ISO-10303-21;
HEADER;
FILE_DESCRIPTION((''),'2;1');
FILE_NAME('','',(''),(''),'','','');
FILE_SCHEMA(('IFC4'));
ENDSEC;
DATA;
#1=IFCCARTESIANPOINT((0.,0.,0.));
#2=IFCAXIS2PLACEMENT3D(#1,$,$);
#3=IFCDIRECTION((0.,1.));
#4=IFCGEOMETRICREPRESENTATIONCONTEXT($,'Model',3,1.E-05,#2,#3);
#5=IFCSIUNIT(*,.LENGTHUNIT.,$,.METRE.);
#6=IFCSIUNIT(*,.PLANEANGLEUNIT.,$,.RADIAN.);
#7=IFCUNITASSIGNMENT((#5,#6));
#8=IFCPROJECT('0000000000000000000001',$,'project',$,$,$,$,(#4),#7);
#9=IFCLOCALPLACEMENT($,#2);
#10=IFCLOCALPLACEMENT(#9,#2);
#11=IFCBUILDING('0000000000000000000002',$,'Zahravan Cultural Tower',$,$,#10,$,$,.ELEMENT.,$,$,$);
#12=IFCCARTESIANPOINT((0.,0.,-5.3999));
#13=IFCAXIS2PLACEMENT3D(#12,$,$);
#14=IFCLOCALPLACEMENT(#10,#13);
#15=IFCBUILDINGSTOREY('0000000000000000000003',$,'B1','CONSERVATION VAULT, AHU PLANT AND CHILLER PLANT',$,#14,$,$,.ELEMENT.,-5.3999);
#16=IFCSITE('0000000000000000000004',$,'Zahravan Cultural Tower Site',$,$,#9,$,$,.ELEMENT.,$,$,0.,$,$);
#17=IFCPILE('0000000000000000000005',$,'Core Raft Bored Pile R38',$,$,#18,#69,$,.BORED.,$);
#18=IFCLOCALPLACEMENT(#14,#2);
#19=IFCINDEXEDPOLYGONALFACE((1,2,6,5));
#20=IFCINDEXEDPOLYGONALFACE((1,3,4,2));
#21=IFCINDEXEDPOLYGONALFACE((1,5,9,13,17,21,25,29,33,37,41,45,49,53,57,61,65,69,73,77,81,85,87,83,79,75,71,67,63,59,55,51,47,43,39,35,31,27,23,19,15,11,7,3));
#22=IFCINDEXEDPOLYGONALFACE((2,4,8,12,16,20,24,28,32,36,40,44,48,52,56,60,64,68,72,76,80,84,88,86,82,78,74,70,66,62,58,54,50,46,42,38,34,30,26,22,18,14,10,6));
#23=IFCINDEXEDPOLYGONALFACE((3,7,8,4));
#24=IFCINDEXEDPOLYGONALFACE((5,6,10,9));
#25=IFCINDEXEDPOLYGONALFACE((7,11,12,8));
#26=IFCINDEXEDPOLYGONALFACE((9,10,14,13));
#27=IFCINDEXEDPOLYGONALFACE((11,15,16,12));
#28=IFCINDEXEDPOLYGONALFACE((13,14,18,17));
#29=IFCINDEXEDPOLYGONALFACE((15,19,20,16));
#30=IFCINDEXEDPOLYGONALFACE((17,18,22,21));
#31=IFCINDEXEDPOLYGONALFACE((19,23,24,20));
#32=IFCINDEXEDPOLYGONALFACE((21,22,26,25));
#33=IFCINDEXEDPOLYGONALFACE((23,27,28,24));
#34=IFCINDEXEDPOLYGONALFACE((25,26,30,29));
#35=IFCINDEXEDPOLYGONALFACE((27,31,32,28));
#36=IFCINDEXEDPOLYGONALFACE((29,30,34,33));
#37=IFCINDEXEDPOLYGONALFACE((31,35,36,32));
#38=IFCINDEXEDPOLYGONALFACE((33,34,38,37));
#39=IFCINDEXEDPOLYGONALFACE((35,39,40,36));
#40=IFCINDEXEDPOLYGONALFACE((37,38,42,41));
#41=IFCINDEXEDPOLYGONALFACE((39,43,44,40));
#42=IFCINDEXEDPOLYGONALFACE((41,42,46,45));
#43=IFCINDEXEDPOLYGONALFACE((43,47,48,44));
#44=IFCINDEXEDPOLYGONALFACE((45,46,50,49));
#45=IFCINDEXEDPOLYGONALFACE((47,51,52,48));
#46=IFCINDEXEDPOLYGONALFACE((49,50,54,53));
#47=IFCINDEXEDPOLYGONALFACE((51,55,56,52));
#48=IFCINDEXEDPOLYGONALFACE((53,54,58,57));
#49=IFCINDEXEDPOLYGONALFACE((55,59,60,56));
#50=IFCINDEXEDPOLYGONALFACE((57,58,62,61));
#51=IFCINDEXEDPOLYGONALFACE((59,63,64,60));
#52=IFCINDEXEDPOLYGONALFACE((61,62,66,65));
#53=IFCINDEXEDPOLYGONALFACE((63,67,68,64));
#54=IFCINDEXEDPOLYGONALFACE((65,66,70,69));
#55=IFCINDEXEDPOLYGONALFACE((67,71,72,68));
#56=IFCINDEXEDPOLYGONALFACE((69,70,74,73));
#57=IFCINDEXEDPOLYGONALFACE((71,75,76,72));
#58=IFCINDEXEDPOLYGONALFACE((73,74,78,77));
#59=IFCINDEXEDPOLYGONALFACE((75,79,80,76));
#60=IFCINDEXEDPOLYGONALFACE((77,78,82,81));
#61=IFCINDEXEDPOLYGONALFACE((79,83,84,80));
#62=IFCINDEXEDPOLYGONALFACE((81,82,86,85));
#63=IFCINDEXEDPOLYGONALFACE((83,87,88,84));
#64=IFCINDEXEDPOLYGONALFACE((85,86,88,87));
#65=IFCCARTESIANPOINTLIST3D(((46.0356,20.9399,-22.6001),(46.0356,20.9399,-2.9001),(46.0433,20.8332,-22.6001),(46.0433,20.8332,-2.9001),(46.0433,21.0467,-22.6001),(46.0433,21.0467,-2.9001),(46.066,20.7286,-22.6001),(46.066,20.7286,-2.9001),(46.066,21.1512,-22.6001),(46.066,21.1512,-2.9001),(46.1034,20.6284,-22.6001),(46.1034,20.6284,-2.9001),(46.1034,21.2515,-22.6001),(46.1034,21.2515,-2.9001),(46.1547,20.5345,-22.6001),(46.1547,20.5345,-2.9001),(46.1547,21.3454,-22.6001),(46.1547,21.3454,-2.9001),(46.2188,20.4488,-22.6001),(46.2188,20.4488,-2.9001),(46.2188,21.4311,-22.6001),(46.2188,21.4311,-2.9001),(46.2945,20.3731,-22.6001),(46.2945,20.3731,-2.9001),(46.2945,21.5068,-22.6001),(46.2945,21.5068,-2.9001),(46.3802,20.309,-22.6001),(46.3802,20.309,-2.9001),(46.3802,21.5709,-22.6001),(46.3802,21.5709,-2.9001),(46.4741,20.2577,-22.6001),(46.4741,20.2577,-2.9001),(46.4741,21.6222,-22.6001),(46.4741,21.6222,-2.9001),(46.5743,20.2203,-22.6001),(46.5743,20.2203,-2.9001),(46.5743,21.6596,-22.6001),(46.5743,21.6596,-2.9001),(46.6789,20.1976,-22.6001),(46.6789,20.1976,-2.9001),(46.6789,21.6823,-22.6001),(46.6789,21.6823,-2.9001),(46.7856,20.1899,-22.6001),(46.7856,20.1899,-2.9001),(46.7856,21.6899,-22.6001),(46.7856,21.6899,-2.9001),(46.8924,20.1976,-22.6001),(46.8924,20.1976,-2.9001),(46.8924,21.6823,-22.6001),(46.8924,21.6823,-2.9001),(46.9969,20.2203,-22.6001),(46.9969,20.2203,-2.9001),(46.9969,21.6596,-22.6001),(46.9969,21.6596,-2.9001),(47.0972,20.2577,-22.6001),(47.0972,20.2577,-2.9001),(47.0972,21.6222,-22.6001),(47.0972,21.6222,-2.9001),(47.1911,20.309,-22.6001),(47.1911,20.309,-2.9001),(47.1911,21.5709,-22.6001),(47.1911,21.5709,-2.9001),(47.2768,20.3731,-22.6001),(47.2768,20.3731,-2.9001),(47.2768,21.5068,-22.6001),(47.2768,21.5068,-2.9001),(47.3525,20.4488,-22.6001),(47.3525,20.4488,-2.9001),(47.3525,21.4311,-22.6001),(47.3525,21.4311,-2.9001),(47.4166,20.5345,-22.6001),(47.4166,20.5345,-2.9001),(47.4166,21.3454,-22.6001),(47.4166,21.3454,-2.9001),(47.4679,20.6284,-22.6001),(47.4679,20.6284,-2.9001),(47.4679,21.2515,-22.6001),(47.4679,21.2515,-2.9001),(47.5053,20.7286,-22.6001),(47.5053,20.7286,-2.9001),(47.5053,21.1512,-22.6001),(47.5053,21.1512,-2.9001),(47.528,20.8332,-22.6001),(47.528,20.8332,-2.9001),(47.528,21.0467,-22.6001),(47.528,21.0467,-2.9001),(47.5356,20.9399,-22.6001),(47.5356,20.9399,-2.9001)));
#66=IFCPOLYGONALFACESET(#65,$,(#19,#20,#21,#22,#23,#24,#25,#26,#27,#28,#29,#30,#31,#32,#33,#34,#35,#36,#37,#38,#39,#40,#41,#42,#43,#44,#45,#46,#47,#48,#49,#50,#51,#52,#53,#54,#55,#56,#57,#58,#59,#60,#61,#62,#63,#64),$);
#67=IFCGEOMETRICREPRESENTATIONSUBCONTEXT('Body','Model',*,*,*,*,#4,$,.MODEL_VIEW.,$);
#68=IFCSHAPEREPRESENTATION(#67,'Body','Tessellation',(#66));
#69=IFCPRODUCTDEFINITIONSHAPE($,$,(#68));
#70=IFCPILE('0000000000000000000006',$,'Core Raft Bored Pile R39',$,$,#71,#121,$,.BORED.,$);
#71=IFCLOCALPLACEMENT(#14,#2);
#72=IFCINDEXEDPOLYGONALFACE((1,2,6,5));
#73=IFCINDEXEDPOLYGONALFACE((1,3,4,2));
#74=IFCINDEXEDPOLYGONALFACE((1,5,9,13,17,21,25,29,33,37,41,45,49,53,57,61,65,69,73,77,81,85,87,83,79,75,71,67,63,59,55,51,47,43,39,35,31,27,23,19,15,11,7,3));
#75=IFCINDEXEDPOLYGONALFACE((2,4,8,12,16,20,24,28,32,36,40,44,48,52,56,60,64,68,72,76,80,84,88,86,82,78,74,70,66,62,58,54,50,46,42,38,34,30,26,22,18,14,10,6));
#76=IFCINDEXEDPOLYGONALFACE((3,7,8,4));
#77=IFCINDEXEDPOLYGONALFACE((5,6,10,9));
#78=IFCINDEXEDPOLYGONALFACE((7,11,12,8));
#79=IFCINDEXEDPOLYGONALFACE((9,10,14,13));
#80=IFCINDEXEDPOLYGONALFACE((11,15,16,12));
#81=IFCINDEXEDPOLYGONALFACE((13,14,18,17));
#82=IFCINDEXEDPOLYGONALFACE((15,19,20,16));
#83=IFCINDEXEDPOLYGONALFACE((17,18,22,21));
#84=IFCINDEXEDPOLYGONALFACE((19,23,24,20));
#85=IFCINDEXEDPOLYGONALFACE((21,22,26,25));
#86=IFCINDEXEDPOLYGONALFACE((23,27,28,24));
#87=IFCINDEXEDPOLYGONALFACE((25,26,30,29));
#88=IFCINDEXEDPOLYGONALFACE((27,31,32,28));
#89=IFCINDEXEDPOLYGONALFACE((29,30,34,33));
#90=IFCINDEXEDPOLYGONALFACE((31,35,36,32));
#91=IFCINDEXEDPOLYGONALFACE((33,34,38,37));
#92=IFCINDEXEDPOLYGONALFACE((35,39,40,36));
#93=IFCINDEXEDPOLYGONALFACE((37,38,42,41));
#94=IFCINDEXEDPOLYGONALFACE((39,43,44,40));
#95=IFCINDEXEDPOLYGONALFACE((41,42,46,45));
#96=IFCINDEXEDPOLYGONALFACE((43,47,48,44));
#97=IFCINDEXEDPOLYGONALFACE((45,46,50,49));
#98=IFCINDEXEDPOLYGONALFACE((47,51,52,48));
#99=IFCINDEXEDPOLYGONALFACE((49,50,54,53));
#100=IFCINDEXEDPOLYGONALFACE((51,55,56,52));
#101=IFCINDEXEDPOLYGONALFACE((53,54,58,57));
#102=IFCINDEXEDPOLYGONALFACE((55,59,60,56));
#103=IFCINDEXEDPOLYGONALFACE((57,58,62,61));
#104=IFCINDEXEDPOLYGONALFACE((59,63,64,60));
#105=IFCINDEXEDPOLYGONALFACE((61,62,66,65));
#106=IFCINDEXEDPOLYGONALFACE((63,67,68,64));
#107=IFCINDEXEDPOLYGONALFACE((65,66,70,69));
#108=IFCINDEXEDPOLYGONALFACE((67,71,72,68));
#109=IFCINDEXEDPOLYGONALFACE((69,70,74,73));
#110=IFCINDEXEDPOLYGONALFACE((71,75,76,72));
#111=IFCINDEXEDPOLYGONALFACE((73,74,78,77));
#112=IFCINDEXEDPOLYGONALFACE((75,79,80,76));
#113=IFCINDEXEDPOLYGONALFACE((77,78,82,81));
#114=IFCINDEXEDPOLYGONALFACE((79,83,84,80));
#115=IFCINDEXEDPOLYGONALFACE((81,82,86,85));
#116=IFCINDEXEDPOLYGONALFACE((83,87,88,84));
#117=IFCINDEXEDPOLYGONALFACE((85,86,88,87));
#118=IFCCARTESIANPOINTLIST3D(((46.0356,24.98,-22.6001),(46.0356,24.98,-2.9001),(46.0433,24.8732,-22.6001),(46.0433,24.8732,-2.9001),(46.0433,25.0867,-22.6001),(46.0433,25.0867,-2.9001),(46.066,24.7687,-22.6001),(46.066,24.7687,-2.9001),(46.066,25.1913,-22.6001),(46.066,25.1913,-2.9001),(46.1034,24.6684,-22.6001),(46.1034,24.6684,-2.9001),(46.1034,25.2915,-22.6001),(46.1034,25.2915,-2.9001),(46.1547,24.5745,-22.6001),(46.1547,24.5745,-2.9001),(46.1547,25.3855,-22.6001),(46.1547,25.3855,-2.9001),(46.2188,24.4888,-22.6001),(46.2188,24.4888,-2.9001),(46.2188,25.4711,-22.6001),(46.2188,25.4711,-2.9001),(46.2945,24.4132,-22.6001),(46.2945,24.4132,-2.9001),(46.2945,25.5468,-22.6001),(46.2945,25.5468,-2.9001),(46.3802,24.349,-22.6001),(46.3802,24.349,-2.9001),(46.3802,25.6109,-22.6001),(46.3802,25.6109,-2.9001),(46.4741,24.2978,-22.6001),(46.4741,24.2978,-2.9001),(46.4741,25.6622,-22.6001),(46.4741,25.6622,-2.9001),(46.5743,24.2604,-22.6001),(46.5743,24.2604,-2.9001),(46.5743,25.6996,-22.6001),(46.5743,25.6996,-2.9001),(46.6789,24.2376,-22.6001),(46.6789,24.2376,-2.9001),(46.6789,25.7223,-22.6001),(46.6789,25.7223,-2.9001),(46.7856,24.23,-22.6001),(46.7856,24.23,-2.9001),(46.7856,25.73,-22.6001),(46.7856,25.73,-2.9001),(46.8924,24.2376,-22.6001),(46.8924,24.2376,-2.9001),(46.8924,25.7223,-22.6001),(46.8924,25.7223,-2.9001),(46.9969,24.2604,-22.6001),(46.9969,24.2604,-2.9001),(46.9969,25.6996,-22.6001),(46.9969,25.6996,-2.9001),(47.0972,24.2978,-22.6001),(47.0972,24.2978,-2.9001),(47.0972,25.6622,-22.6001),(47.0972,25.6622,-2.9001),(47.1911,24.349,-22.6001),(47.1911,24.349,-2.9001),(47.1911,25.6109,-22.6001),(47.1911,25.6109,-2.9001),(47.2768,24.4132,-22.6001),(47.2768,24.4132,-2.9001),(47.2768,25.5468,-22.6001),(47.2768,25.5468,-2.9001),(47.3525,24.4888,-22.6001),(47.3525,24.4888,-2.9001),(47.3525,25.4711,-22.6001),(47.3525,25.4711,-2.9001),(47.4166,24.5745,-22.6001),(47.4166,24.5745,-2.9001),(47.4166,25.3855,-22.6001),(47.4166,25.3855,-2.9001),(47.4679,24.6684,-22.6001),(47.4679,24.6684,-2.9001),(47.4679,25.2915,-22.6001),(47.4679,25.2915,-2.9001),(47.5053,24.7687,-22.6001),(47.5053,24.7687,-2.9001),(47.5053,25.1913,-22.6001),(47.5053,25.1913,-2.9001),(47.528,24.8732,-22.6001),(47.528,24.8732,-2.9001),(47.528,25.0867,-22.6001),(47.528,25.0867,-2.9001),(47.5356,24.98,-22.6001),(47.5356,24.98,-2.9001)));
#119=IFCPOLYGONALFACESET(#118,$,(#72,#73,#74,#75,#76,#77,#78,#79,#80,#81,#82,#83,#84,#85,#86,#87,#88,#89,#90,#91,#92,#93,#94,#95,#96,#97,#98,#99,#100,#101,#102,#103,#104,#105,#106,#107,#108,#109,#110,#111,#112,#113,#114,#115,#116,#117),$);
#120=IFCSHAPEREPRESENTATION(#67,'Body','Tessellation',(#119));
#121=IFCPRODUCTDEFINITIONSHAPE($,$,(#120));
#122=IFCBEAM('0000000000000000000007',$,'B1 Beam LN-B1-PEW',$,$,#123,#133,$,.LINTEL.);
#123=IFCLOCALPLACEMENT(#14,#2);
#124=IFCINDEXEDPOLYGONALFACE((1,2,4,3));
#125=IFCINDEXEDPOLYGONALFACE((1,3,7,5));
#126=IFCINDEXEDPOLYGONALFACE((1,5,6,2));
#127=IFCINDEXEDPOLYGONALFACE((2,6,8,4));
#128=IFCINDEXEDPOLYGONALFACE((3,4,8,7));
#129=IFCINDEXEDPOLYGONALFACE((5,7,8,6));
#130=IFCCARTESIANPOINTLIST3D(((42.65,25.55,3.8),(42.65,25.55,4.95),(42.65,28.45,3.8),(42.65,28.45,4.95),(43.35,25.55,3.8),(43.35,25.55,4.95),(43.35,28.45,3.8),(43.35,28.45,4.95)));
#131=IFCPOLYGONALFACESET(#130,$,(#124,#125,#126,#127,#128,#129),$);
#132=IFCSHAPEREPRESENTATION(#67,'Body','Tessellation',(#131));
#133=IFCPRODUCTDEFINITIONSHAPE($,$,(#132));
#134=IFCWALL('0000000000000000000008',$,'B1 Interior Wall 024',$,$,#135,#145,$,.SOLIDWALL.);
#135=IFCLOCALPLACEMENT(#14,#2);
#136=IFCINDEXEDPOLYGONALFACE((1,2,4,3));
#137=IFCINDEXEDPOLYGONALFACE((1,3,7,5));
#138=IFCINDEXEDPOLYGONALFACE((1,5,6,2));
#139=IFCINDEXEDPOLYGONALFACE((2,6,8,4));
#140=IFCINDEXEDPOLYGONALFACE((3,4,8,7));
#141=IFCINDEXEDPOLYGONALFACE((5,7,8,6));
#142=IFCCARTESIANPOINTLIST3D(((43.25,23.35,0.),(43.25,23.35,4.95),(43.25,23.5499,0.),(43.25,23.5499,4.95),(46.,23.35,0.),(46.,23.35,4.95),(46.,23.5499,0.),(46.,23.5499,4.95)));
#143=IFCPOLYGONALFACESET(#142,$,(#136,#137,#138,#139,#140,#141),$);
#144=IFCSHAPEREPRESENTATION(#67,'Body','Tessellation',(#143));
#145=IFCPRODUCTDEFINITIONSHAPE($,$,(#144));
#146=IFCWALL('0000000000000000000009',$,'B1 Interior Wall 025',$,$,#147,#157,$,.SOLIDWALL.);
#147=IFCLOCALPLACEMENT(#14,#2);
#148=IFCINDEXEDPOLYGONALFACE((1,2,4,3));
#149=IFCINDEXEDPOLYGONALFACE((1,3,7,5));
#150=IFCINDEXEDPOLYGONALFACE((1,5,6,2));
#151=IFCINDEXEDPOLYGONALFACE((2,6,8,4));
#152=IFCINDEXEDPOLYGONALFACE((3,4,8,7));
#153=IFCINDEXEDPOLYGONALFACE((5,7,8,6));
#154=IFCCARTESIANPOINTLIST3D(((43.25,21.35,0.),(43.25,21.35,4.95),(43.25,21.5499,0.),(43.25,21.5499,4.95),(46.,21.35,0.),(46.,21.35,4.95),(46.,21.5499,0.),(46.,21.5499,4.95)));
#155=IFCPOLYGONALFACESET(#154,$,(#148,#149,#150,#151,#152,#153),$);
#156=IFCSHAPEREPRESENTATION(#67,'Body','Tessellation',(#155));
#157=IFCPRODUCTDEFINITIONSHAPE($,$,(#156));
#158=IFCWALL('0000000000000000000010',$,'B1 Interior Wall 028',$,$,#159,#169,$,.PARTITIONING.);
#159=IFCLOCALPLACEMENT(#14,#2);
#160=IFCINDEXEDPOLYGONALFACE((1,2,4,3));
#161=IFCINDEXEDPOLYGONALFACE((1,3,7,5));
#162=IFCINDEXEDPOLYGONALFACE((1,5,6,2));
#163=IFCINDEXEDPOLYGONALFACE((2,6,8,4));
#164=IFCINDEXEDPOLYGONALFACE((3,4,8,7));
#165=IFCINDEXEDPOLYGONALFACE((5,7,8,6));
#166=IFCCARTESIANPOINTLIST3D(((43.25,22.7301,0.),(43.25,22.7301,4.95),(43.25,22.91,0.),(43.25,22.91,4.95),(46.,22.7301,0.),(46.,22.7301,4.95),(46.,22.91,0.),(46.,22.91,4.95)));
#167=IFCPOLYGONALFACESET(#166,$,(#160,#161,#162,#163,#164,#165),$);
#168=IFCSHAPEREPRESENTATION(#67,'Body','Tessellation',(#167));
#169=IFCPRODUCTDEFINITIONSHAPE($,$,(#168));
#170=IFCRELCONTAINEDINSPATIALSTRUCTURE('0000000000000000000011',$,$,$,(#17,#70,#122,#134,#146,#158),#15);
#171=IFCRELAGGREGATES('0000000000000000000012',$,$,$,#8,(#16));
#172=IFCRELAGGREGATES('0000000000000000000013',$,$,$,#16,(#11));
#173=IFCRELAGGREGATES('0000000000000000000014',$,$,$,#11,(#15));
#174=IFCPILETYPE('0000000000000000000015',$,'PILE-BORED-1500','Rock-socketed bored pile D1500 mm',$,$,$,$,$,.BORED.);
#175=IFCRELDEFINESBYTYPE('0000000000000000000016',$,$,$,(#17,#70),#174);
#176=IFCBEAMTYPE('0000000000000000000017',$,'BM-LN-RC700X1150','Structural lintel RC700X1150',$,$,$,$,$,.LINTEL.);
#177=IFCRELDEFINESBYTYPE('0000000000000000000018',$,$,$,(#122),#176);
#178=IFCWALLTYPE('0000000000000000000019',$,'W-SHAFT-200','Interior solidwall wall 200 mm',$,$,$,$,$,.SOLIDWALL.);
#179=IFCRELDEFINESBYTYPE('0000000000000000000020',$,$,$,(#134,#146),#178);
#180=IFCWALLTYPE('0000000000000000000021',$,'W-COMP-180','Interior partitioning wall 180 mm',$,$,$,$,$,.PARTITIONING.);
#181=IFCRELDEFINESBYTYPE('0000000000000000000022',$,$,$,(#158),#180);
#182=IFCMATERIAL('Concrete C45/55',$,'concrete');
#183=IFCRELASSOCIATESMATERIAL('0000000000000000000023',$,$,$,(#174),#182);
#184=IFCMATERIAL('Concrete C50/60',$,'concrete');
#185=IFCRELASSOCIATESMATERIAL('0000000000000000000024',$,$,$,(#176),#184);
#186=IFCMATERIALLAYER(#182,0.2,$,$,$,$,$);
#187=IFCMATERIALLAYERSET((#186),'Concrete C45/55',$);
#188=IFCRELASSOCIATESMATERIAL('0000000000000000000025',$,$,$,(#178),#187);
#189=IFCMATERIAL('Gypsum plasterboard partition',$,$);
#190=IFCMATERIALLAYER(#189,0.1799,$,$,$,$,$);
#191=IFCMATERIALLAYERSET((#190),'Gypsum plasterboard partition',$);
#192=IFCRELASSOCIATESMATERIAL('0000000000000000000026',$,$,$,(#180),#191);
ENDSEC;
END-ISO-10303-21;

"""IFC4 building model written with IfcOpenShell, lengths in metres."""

from ifc_helpers import new_model, si_unit, direction, frame, frame_2d, origin, origin_2d, place, context, subcontext, project, spatial, rectangle, circle, extrude, source, transform, mapped, material, layer, layer_set, material_profile, profile_set, type_object, element, save


model = new_model("IFC4")

# Units and contexts
model_context = context("Model", 3, precision=1e-05, world=origin(), true_north=direction((0.0, 1.0)))
body_context = subcontext(model_context, "Body", "Model", "MODEL_VIEW")
ifc_project = project(units=[si_unit("LENGTHUNIT", "METRE"), si_unit("PLANEANGLEUNIT", "RADIAN")], contexts=[model_context])

# Site, building, storey
site_placement = place(None, origin())
site = spatial("IfcSite", under=ifc_project, at=site_placement, Name="Zahravan Cultural Tower Site", CompositionType="ELEMENT", RefElevation=0.0)
building_placement = place(site_placement, origin())
building = spatial("IfcBuilding", under=site, at=building_placement, Name="Zahravan Cultural Tower", CompositionType="ELEMENT")
storey_placement = place(building_placement, frame((0.0, 0.0, -5.3999)))
storey = spatial("IfcBuildingStorey", under=building, at=storey_placement, Name="B1", Description="CONSERVATION VAULT, AHU PLANT AND CHILLER PLANT", CompositionType="ELEMENT", Elevation=-5.3999)

# Piles
ifc_material_1 = material(Name="Concrete C45/55", Category="concrete")
ifc_material_profile_1 = material_profile(ifc_material_1, circle(Radius=0.75, at=origin_2d()), Name="PILE-D1500")
ifc_profile_set_1 = profile_set([ifc_material_profile_1], Name="Concrete C45/55")
pile_type = type_object("IfcPileType", Name="PILE-BORED-1500", Description="Rock-socketed bored pile D1500 mm", PredefinedType="BORED", material=ifc_profile_set_1)
for number, where, z_axis, x_axis, name in (
    (1, (46.7856, 20.9399, -2.9001), (0.0, 0.0, -1.0), (1.0, 0.0, 0.0), "Core Raft Bored Pile R38"),
    (2, (46.7856, 24.98, -2.9001), (0.0, 0.0, -1.0), (1.0, 0.0, 0.0), "Core Raft Bored Pile R39"),
):
    element("IfcPile", number, at=place(storey_placement, frame(where, z_axis=z_axis, x_axis=x_axis)), inside=storey, type_object=pile_type, Name=name, PredefinedType="BORED", context=body_context, shape_type="SweptSolid", body=[
        extrude(circle(Radius=0.75, at=origin_2d()), origin(), (0.0, 0.0, 1.0), 19.7),
    ])

# Beam
ifc_material_2 = material(Name="Concrete C50/60", Category="concrete")
ifc_material_profile_2 = material_profile(ifc_material_2, rectangle(XDim=0.7, YDim=1.1499, at=origin_2d()), Name="RC700X1150")
ifc_profile_set_2 = profile_set([ifc_material_profile_2], Name="Concrete C50/60")
beam_type = type_object("IfcBeamType", Name="BM-LN-RC700X1150", Description="Structural lintel RC700X1150", PredefinedType="LINTEL", material=ifc_profile_set_2)
shared_shape_1 = source(origin(), body_context, "Body", "SweptSolid", [
    extrude(rectangle(XDim=0.7, YDim=1.1499, at=origin_2d()), origin(), (0.0, 0.0, 1.0), 2.8999),
])
beam_placement = place(storey_placement, frame((43.0, 25.55, 4.375), z_axis=(0.0, 1.0, 0.0), x_axis=(-1.0, 0.0, 0.0)))
element("IfcBeam", 3, at=beam_placement, inside=storey, type_object=beam_type, Name="B1 Beam LN-B1-PEW", PredefinedType="LINTEL", context=body_context, shape_type="MappedRepresentation", body=[
    mapped(shared_shape_1, transform((0.0, 0.0, 0.0), x_axis=(1.0, 0.0, 0.0), y_axis=(0.0, 1.0, 0.0), z_axis=(0.0, 0.0, 1.0), scale=1.0)),
])

# Walls
ifc_layer_1 = layer(ifc_material_1, 0.2)
ifc_layer_set_1 = layer_set([ifc_layer_1], Name="Concrete C45/55")
wall_type_1 = type_object("IfcWallType", Name="W-SHAFT-200", Description="Interior solidwall wall 200 mm", PredefinedType="SOLIDWALL", material=ifc_layer_set_1)
shared_shape_2 = source(origin(), body_context, "Body", "SweptSolid", [
    extrude(rectangle(XDim=2.75, YDim=0.2, at=frame_2d((1.375, 0.0))), origin(), (0.0, 0.0, 1.0), 4.95),
])
for number, where, z_axis, x_axis, name in (
    (4, (43.25, 23.45, 0.0), (0.0, 0.0, 1.0), (1.0, 0.0, 0.0), "B1 Interior Wall 024"),
    (5, (43.25, 21.45, 0.0), (0.0, 0.0, 1.0), (1.0, 0.0, 0.0), "B1 Interior Wall 025"),
):
    element("IfcWall", number, at=place(storey_placement, frame(where, z_axis=z_axis, x_axis=x_axis)), inside=storey, type_object=wall_type_1, Name=name, PredefinedType="SOLIDWALL", context=body_context, shape_type="MappedRepresentation", body=[
        mapped(shared_shape_2, transform((0.0, 0.0, 0.0), x_axis=(1.0, 0.0, 0.0), y_axis=(0.0, 1.0, 0.0), z_axis=(0.0, 0.0, 1.0), scale=1.0)),
    ])
ifc_material_3 = material(Name="Gypsum plasterboard partition")
ifc_layer_2 = layer(ifc_material_3, 0.1799)
ifc_layer_set_2 = layer_set([ifc_layer_2], Name="Gypsum plasterboard partition")
wall_type_2 = type_object("IfcWallType", Name="W-COMP-180", Description="Interior partitioning wall 180 mm", PredefinedType="PARTITIONING", material=ifc_layer_set_2)
shared_shape_3 = source(origin(), body_context, "Body", "SweptSolid", [
    extrude(rectangle(XDim=2.75, YDim=0.1799, at=frame_2d((1.375, 0.0))), origin(), (0.0, 0.0, 1.0), 4.95),
])
wall_placement = place(storey_placement, frame((43.25, 22.8201, 0.0), z_axis=(0.0, 0.0, 1.0), x_axis=(1.0, 0.0, 0.0)))
element("IfcWall", 6, at=wall_placement, inside=storey, type_object=wall_type_2, Name="B1 Interior Wall 028", PredefinedType="PARTITIONING", context=body_context, shape_type="MappedRepresentation", body=[
    mapped(shared_shape_3, transform((0.0, 0.0, 0.0), x_axis=(1.0, 0.0, 0.0), y_axis=(0.0, 1.0, 0.0), z_axis=(0.0, 0.0, 1.0), scale=1.0)),
])

save(model, "model.ifc")
